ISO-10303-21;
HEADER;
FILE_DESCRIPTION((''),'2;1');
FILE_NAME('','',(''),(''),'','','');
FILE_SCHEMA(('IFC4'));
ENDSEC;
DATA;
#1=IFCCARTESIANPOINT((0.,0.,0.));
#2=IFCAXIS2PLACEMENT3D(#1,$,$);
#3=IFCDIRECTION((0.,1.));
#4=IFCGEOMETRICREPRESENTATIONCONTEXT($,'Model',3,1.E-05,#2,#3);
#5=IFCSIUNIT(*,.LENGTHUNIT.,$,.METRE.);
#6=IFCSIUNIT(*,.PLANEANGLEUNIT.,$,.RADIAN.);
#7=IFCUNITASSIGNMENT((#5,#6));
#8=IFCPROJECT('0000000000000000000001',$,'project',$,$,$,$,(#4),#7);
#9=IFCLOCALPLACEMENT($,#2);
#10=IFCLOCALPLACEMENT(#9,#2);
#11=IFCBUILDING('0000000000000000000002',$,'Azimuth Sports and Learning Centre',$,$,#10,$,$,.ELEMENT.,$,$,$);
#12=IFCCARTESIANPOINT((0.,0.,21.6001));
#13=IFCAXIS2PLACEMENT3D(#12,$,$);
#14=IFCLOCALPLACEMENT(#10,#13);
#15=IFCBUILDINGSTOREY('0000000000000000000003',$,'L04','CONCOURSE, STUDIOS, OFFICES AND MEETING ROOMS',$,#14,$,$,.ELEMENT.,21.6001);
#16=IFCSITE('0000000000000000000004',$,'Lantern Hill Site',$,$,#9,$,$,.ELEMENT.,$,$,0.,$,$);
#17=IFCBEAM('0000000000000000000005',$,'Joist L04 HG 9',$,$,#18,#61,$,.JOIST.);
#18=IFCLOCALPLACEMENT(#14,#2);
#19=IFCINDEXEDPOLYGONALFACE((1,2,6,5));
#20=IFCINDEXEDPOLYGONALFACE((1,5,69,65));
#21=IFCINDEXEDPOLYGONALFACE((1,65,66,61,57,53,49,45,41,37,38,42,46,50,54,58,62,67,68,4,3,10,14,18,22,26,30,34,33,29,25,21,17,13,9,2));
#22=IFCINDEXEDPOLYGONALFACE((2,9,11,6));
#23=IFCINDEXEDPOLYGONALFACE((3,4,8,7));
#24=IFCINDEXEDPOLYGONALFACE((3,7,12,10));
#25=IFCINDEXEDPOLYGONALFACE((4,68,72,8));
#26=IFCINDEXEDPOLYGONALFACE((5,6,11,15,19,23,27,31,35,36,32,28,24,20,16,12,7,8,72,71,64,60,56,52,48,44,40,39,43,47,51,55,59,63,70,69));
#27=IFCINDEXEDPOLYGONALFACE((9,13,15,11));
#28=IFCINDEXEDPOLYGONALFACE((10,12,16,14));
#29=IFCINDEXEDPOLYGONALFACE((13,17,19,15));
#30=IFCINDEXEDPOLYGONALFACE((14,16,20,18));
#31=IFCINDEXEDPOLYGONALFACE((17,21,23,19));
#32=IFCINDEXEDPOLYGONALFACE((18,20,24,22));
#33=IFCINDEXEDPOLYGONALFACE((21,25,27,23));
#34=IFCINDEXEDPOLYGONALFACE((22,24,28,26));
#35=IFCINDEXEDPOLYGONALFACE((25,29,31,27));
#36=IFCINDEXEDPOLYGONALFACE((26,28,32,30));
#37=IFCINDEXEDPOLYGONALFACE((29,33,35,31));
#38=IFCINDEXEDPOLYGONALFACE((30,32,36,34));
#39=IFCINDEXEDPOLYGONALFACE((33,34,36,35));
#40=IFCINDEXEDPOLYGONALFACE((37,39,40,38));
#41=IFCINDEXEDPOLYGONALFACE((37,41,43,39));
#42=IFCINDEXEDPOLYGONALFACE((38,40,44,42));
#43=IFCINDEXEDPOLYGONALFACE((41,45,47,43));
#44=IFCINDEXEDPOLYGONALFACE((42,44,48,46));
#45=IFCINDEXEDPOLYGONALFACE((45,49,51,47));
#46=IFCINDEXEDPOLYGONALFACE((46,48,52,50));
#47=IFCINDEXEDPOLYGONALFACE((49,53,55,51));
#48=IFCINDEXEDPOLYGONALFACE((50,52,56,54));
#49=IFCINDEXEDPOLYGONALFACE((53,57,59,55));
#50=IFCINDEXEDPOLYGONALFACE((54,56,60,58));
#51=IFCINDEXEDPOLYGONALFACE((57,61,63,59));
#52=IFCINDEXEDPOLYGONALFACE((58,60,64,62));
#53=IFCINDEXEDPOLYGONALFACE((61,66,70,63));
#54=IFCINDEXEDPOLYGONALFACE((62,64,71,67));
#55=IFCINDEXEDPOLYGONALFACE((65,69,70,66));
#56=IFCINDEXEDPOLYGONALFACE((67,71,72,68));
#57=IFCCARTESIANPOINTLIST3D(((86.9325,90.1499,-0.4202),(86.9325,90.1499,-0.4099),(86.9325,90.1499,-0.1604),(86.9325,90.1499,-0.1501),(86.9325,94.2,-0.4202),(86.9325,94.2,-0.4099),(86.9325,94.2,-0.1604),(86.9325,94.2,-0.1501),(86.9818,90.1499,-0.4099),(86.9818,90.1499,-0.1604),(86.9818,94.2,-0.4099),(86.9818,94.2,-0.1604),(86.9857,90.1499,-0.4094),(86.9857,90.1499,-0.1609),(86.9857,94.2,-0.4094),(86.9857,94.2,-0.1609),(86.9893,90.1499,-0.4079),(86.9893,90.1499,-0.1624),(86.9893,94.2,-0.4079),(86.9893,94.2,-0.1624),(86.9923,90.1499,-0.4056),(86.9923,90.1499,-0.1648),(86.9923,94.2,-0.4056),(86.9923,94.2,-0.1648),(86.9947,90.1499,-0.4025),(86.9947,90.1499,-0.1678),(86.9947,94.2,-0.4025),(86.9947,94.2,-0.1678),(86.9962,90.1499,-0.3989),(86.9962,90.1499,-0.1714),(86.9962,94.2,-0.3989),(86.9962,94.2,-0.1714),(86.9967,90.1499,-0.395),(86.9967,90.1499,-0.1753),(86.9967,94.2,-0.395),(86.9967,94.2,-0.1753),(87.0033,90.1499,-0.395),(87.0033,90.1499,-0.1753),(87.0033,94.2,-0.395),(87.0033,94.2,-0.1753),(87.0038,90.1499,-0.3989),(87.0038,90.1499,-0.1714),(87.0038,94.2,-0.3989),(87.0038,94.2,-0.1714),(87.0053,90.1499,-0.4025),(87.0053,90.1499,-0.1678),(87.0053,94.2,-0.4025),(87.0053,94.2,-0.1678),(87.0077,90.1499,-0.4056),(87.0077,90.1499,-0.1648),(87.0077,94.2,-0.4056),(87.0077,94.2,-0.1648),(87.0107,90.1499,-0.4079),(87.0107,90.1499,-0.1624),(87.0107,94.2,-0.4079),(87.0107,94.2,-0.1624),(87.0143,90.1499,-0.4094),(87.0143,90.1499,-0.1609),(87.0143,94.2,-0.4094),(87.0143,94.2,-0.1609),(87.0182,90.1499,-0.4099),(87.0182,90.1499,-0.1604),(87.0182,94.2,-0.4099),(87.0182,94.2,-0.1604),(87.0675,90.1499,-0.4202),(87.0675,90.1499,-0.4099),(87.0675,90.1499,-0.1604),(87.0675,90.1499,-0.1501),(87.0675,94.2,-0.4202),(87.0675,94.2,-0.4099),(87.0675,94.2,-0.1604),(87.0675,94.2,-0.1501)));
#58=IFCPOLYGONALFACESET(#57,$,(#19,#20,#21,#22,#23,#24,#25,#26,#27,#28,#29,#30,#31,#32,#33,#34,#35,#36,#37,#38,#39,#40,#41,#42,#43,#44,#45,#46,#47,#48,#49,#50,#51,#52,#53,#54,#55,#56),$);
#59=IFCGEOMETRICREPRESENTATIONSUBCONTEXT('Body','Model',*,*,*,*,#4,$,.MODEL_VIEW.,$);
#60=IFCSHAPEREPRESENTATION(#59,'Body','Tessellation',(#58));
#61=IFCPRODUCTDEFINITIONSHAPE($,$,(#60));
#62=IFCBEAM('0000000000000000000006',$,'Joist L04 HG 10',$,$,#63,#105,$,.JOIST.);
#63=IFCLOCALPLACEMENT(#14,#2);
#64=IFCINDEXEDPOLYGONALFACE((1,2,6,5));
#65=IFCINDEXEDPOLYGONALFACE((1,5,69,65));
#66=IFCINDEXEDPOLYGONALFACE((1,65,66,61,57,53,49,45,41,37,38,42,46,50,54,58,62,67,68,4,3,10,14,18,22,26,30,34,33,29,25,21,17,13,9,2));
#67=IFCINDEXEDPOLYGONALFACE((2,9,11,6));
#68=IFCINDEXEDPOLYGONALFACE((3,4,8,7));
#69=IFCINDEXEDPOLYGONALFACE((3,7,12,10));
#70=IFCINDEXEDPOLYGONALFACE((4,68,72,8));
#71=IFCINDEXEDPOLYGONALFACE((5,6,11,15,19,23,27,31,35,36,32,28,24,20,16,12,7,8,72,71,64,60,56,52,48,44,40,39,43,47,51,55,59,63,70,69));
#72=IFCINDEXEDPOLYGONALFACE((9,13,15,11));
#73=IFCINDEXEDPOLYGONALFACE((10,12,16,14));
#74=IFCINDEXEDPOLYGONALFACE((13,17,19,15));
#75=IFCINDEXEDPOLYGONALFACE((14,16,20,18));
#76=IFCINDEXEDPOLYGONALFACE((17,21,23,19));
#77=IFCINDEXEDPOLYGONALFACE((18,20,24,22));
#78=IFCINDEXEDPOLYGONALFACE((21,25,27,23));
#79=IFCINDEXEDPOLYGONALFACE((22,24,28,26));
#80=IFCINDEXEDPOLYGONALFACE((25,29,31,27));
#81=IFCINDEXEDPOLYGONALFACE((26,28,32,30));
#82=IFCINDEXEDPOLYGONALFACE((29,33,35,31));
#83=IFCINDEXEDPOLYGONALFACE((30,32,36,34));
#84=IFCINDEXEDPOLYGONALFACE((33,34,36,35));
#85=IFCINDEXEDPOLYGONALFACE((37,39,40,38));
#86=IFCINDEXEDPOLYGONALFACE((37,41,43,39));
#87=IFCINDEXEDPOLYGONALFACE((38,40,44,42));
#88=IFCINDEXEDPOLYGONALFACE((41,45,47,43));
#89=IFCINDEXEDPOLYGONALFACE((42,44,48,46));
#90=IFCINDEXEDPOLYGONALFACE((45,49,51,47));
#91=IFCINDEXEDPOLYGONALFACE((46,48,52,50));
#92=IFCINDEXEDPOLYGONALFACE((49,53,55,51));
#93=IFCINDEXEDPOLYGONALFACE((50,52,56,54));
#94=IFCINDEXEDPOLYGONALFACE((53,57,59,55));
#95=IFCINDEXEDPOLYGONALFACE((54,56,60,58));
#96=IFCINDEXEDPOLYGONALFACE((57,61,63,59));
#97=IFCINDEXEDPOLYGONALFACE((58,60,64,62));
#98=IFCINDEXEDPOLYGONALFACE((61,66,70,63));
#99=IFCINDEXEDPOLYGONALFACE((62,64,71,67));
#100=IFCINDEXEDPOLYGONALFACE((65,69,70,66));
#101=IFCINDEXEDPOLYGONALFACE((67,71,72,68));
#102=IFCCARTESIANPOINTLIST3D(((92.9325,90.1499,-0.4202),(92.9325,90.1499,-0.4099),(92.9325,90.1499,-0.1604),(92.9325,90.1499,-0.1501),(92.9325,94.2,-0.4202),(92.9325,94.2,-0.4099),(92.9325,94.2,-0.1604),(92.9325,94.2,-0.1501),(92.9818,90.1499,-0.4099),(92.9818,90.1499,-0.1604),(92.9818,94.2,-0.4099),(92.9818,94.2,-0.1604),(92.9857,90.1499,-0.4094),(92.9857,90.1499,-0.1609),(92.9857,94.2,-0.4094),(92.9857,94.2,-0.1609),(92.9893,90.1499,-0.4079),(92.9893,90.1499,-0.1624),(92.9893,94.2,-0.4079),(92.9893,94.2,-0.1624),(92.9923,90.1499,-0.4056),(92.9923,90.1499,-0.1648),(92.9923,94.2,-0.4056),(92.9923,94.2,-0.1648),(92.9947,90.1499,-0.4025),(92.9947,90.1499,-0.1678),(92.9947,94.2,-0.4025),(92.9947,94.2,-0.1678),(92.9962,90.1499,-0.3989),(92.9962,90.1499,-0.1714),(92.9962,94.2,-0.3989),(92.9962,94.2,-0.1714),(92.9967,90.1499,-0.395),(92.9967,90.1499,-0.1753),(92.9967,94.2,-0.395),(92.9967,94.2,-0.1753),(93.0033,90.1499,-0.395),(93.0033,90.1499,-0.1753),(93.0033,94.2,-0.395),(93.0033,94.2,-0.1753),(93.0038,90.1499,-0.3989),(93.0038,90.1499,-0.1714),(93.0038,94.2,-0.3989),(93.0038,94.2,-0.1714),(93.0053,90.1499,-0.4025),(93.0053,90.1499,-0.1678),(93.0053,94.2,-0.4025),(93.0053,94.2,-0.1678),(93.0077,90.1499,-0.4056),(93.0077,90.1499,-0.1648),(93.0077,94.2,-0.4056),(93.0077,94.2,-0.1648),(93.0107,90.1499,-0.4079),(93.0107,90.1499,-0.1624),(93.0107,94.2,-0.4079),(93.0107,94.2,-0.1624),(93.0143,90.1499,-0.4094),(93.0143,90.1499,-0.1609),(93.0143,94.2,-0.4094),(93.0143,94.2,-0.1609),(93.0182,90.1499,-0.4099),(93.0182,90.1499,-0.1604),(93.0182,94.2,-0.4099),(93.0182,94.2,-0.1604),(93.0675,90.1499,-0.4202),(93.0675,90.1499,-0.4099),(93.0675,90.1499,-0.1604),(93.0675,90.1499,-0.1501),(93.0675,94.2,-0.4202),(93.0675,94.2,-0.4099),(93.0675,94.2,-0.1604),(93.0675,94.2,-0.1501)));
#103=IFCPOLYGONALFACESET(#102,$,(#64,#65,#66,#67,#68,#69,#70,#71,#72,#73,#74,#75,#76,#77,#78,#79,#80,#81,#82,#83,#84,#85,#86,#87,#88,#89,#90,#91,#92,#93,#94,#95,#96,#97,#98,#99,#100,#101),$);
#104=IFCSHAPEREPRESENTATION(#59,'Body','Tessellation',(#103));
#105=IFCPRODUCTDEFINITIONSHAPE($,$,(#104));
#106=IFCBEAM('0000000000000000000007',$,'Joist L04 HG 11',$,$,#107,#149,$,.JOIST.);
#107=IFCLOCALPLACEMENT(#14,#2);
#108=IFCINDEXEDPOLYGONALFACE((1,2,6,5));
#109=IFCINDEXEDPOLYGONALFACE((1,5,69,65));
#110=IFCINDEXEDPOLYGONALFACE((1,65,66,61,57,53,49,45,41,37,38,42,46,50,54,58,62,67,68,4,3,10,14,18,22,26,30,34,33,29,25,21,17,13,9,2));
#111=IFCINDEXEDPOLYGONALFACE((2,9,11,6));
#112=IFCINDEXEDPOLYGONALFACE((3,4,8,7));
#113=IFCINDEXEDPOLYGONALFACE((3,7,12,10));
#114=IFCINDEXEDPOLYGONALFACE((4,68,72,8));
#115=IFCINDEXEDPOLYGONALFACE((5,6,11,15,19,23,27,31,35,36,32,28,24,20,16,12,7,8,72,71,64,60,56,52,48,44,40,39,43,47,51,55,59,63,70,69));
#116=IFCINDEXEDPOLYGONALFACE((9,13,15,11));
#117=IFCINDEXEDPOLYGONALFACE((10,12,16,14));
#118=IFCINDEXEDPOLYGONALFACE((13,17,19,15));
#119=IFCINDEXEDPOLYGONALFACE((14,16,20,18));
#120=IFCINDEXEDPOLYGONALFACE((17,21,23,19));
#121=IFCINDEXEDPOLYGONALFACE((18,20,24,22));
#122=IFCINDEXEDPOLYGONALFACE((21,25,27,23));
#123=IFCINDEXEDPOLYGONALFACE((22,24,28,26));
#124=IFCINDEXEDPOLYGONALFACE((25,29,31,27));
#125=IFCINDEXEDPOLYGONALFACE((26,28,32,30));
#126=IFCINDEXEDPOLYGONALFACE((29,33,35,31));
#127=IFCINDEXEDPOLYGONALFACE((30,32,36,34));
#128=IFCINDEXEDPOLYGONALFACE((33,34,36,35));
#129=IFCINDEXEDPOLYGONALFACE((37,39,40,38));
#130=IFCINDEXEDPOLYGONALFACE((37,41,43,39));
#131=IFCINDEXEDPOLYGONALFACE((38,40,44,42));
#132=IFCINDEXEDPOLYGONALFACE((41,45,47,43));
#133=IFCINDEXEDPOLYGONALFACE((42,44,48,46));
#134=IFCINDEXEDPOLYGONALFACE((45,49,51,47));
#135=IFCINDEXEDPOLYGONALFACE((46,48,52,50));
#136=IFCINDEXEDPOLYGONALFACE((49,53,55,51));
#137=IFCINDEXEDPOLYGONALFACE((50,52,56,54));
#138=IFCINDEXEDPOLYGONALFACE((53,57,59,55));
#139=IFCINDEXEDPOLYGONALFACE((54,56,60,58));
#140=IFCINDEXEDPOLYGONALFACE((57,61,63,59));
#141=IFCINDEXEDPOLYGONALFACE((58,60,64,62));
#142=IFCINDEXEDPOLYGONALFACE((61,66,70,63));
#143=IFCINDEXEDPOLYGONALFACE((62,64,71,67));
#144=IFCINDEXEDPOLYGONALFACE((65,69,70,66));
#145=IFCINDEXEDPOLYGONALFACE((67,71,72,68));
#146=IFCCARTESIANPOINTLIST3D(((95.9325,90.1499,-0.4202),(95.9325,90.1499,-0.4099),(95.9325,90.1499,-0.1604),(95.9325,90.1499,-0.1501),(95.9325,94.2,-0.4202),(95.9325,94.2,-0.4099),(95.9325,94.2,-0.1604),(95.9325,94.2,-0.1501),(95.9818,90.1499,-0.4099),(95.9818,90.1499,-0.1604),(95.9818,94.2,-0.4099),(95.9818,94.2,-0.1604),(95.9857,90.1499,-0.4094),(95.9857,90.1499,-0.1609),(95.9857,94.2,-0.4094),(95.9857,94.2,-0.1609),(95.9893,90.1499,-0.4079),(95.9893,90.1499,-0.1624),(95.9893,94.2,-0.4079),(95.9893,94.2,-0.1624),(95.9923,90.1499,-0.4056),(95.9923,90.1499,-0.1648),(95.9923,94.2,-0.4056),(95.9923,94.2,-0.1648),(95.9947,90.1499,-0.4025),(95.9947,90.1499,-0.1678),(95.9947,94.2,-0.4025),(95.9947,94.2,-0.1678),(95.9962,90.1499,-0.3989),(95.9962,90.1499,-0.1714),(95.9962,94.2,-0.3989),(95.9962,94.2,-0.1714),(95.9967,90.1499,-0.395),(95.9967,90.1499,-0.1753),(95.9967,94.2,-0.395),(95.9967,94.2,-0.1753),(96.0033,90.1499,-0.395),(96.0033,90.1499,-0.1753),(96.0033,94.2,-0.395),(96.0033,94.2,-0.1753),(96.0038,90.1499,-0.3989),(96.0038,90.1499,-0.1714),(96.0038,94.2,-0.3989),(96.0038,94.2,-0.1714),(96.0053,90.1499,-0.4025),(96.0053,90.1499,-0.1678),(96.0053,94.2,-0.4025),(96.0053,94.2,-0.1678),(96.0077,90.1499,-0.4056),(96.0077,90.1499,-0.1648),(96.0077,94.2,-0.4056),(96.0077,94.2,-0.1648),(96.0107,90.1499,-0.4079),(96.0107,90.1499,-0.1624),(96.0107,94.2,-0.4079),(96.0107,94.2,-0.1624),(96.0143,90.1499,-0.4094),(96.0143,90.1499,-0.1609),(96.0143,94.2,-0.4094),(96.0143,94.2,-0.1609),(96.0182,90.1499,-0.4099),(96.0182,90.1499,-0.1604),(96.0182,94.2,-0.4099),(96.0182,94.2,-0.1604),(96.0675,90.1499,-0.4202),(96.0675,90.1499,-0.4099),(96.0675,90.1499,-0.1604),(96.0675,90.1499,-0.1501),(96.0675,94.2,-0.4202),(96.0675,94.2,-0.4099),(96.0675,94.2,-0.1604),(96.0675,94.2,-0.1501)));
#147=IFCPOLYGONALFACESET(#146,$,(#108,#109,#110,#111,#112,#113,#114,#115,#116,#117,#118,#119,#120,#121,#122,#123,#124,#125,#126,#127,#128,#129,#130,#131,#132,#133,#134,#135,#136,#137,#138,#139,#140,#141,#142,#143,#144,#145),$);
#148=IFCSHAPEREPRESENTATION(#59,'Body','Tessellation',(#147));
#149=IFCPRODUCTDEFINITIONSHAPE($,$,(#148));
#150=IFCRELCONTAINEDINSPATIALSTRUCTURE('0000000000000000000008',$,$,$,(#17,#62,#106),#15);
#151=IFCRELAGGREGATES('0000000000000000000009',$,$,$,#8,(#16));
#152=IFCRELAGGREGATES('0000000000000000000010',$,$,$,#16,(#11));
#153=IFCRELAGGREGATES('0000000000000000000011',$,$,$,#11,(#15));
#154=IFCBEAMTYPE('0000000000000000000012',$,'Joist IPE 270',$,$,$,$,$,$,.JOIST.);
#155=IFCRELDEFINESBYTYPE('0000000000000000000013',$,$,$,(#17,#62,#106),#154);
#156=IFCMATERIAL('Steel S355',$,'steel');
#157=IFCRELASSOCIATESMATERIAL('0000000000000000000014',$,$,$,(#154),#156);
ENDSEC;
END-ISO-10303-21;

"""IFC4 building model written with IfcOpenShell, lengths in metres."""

from ifc_helpers import new_model, si_unit, direction, frame, origin, origin_2d, place, context, subcontext, project, spatial, i_section, extrude, material, material_profile, profile_set, type_object, element, save


model = new_model("IFC4")

# Units and contexts
model_context = context("Model", 3, precision=1e-05, world=origin(), true_north=direction((0.0, 1.0)))
body_context = subcontext(model_context, "Body", "Model", "MODEL_VIEW")
ifc_project = project(units=[si_unit("LENGTHUNIT", "METRE"), si_unit("PLANEANGLEUNIT", "RADIAN")], contexts=[model_context])

# Site, building, storey
site_placement = place(None, origin())
site = spatial("IfcSite", under=ifc_project, at=site_placement, Name="Lantern Hill Site", CompositionType="ELEMENT", RefElevation=0.0)
building_placement = place(site_placement, origin())
building = spatial("IfcBuilding", under=site, at=building_placement, Name="Azimuth Sports and Learning Centre", CompositionType="ELEMENT")
storey_placement = place(building_placement, frame((0.0, 0.0, 21.6001)))
storey = spatial("IfcBuildingStorey", under=building, at=storey_placement, Name="L04", Description="CONCOURSE, STUDIOS, OFFICES AND MEETING ROOMS", CompositionType="ELEMENT", Elevation=21.6001)

# Beams
ifc_material_1 = material(Name="Steel S355", Category="steel")
ifc_material_profile_1 = material_profile(ifc_material_1, i_section(OverallWidth=0.135, OverallDepth=0.27, WebThickness=0.0066, FlangeThickness=0.0103, FilletRadius=0.0149, at=origin_2d()), Name="IPE 270")
ifc_profile_set_1 = profile_set([ifc_material_profile_1], Name="Steel S355")
beam_type_1 = type_object("IfcBeamType", Name="Joist IPE 270", PredefinedType="JOIST", material=ifc_profile_set_1)
for number, where, z_axis, x_axis, name in (
    (1, (87.0, 90.1499, -0.2852), (0.0, 1.0, 0.0), (-1.0, 0.0, 0.0), "Joist L04 HG 9"),
    (2, (93.0, 90.1499, -0.2852), (0.0, 1.0, 0.0), (-1.0, 0.0, 0.0), "Joist L04 HG 10"),
    (3, (96.0, 90.1499, -0.2852), (0.0, 1.0, 0.0), (-1.0, 0.0, 0.0), "Joist L04 HG 11"),
):
    element("IfcBeam", number, at=place(storey_placement, frame(where, z_axis=z_axis, x_axis=x_axis)), inside=storey, type_object=beam_type_1, Name=name, PredefinedType="JOIST", context=body_context, shape_type="SweptSolid", body=[
        extrude(i_section(OverallWidth=0.135, OverallDepth=0.27, WebThickness=0.0066, FlangeThickness=0.0103, FilletRadius=0.0149, at=origin_2d()), origin(), (0.0, 0.0, 1.0), 4.05),
    ])

save(model, "model.ifc")
